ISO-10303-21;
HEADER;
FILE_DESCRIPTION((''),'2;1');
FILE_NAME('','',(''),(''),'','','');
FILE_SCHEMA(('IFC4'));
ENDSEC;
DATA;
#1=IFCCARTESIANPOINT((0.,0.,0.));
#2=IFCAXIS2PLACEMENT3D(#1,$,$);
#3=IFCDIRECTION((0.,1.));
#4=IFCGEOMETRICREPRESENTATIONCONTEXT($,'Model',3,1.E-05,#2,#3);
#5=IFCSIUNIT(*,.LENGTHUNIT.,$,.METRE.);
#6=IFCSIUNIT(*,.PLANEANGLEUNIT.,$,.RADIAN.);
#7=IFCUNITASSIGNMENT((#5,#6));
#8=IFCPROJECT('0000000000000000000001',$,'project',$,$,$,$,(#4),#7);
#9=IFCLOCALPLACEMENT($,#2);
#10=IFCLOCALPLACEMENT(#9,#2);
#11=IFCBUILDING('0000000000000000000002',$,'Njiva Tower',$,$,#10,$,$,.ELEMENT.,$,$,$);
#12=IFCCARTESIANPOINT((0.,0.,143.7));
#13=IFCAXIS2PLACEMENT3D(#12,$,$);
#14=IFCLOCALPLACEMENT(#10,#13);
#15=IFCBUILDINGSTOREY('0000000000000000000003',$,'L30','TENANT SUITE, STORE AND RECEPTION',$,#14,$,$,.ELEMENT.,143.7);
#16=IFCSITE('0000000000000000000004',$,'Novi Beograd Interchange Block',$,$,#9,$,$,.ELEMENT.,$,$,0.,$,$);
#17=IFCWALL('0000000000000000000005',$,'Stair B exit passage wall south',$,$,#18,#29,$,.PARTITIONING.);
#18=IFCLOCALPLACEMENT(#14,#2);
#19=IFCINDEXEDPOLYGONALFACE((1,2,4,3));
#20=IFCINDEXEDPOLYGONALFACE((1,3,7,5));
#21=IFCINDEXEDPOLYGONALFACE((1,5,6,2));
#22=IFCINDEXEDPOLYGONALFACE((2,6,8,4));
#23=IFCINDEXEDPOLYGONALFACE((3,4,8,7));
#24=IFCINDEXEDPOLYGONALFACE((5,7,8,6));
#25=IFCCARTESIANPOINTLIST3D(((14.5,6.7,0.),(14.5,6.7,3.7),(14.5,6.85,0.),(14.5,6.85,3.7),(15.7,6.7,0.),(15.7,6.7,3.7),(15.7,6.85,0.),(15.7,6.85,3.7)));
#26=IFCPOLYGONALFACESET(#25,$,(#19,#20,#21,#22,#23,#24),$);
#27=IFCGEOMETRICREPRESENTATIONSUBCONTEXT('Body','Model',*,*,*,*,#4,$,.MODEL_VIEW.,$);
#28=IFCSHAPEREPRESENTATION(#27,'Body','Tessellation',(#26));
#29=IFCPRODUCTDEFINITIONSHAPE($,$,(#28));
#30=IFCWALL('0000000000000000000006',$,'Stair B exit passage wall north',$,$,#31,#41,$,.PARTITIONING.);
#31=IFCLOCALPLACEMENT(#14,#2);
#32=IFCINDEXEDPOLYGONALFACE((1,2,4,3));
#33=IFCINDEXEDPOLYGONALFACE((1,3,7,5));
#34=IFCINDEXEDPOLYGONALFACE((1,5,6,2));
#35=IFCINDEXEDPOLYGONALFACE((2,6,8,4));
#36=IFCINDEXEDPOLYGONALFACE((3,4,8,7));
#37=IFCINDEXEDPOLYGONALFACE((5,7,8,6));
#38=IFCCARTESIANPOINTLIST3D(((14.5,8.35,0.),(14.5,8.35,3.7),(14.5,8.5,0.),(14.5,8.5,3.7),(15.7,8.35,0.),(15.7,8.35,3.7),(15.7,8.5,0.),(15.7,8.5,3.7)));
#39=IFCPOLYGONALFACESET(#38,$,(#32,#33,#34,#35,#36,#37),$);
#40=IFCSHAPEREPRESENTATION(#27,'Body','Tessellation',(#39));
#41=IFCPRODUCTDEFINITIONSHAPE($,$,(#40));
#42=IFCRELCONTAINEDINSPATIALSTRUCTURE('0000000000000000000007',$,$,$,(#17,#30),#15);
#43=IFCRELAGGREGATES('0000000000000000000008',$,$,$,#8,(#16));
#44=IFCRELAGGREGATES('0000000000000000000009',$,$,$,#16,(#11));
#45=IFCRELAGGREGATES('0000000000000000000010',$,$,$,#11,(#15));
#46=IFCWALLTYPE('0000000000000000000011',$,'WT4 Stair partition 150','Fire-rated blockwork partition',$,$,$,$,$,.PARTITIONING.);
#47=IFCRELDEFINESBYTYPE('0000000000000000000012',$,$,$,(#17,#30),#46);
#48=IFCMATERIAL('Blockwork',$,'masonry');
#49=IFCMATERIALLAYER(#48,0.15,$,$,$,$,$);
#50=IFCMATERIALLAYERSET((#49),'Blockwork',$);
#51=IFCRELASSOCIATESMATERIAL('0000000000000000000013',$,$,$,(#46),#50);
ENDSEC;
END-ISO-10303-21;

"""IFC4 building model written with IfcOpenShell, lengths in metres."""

from ifc_helpers import new_model, si_unit, direction, frame, frame_2d, origin, place, context, subcontext, project, spatial, rectangle, extrude, material, layer, layer_set, type_object, element, save


model = new_model("IFC4")

# Units and contexts
model_context = context("Model", 3, precision=1e-05, world=origin(), true_north=direction((0.0, 1.0)))
body_context = subcontext(model_context, "Body", "Model", "MODEL_VIEW")
ifc_project = project(units=[si_unit("LENGTHUNIT", "METRE"), si_unit("PLANEANGLEUNIT", "RADIAN")], contexts=[model_context])

# Site, building, storey
site_placement = place(None, origin())
site = spatial("IfcSite", under=ifc_project, at=site_placement, Name="Novi Beograd Interchange Block", CompositionType="ELEMENT", RefElevation=0.0)
building_placement = place(site_placement, origin())
building = spatial("IfcBuilding", under=site, at=building_placement, Name="Njiva Tower", CompositionType="ELEMENT")
storey_placement = place(building_placement, frame((0.0, 0.0, 143.7)))
storey = spatial("IfcBuildingStorey", under=building, at=storey_placement, Name="L30", Description="TENANT SUITE, STORE AND RECEPTION", CompositionType="ELEMENT", Elevation=143.7)

# Shared definitions
ifc_material_1 = material(Name="Blockwork", Category="masonry")

# Walls
ifc_layer_1 = layer(ifc_material_1, 0.15)
ifc_layer_set_1 = layer_set([ifc_layer_1], Name="Blockwork")
wall_type_1 = type_object("IfcWallType", Name="WT4 Stair partition 150", Description="Fire-rated blockwork partition", PredefinedType="PARTITIONING", material=ifc_layer_set_1)
for number, where, z_axis, x_axis, name in (
    (1, (14.5, 6.775, 0.0), (0.0, 0.0, 1.0), (1.0, 0.0, 0.0), "Stair B exit passage wall south"),
    (2, (14.5, 8.425, 0.0), (0.0, 0.0, 1.0), (1.0, 0.0, 0.0), "Stair B exit passage wall north"),
):
    element("IfcWall", number, at=place(storey_placement, frame(where, z_axis=z_axis, x_axis=x_axis)), inside=storey, type_object=wall_type_1, Name=name, PredefinedType="PARTITIONING", context=body_context, shape_type="SweptSolid", body=[
        extrude(rectangle(XDim=1.2, YDim=0.15, at=frame_2d((0.6, 0.0))), origin(), (0.0, 0.0, 1.0), 3.7),
    ])

save(model, "model.ifc")
